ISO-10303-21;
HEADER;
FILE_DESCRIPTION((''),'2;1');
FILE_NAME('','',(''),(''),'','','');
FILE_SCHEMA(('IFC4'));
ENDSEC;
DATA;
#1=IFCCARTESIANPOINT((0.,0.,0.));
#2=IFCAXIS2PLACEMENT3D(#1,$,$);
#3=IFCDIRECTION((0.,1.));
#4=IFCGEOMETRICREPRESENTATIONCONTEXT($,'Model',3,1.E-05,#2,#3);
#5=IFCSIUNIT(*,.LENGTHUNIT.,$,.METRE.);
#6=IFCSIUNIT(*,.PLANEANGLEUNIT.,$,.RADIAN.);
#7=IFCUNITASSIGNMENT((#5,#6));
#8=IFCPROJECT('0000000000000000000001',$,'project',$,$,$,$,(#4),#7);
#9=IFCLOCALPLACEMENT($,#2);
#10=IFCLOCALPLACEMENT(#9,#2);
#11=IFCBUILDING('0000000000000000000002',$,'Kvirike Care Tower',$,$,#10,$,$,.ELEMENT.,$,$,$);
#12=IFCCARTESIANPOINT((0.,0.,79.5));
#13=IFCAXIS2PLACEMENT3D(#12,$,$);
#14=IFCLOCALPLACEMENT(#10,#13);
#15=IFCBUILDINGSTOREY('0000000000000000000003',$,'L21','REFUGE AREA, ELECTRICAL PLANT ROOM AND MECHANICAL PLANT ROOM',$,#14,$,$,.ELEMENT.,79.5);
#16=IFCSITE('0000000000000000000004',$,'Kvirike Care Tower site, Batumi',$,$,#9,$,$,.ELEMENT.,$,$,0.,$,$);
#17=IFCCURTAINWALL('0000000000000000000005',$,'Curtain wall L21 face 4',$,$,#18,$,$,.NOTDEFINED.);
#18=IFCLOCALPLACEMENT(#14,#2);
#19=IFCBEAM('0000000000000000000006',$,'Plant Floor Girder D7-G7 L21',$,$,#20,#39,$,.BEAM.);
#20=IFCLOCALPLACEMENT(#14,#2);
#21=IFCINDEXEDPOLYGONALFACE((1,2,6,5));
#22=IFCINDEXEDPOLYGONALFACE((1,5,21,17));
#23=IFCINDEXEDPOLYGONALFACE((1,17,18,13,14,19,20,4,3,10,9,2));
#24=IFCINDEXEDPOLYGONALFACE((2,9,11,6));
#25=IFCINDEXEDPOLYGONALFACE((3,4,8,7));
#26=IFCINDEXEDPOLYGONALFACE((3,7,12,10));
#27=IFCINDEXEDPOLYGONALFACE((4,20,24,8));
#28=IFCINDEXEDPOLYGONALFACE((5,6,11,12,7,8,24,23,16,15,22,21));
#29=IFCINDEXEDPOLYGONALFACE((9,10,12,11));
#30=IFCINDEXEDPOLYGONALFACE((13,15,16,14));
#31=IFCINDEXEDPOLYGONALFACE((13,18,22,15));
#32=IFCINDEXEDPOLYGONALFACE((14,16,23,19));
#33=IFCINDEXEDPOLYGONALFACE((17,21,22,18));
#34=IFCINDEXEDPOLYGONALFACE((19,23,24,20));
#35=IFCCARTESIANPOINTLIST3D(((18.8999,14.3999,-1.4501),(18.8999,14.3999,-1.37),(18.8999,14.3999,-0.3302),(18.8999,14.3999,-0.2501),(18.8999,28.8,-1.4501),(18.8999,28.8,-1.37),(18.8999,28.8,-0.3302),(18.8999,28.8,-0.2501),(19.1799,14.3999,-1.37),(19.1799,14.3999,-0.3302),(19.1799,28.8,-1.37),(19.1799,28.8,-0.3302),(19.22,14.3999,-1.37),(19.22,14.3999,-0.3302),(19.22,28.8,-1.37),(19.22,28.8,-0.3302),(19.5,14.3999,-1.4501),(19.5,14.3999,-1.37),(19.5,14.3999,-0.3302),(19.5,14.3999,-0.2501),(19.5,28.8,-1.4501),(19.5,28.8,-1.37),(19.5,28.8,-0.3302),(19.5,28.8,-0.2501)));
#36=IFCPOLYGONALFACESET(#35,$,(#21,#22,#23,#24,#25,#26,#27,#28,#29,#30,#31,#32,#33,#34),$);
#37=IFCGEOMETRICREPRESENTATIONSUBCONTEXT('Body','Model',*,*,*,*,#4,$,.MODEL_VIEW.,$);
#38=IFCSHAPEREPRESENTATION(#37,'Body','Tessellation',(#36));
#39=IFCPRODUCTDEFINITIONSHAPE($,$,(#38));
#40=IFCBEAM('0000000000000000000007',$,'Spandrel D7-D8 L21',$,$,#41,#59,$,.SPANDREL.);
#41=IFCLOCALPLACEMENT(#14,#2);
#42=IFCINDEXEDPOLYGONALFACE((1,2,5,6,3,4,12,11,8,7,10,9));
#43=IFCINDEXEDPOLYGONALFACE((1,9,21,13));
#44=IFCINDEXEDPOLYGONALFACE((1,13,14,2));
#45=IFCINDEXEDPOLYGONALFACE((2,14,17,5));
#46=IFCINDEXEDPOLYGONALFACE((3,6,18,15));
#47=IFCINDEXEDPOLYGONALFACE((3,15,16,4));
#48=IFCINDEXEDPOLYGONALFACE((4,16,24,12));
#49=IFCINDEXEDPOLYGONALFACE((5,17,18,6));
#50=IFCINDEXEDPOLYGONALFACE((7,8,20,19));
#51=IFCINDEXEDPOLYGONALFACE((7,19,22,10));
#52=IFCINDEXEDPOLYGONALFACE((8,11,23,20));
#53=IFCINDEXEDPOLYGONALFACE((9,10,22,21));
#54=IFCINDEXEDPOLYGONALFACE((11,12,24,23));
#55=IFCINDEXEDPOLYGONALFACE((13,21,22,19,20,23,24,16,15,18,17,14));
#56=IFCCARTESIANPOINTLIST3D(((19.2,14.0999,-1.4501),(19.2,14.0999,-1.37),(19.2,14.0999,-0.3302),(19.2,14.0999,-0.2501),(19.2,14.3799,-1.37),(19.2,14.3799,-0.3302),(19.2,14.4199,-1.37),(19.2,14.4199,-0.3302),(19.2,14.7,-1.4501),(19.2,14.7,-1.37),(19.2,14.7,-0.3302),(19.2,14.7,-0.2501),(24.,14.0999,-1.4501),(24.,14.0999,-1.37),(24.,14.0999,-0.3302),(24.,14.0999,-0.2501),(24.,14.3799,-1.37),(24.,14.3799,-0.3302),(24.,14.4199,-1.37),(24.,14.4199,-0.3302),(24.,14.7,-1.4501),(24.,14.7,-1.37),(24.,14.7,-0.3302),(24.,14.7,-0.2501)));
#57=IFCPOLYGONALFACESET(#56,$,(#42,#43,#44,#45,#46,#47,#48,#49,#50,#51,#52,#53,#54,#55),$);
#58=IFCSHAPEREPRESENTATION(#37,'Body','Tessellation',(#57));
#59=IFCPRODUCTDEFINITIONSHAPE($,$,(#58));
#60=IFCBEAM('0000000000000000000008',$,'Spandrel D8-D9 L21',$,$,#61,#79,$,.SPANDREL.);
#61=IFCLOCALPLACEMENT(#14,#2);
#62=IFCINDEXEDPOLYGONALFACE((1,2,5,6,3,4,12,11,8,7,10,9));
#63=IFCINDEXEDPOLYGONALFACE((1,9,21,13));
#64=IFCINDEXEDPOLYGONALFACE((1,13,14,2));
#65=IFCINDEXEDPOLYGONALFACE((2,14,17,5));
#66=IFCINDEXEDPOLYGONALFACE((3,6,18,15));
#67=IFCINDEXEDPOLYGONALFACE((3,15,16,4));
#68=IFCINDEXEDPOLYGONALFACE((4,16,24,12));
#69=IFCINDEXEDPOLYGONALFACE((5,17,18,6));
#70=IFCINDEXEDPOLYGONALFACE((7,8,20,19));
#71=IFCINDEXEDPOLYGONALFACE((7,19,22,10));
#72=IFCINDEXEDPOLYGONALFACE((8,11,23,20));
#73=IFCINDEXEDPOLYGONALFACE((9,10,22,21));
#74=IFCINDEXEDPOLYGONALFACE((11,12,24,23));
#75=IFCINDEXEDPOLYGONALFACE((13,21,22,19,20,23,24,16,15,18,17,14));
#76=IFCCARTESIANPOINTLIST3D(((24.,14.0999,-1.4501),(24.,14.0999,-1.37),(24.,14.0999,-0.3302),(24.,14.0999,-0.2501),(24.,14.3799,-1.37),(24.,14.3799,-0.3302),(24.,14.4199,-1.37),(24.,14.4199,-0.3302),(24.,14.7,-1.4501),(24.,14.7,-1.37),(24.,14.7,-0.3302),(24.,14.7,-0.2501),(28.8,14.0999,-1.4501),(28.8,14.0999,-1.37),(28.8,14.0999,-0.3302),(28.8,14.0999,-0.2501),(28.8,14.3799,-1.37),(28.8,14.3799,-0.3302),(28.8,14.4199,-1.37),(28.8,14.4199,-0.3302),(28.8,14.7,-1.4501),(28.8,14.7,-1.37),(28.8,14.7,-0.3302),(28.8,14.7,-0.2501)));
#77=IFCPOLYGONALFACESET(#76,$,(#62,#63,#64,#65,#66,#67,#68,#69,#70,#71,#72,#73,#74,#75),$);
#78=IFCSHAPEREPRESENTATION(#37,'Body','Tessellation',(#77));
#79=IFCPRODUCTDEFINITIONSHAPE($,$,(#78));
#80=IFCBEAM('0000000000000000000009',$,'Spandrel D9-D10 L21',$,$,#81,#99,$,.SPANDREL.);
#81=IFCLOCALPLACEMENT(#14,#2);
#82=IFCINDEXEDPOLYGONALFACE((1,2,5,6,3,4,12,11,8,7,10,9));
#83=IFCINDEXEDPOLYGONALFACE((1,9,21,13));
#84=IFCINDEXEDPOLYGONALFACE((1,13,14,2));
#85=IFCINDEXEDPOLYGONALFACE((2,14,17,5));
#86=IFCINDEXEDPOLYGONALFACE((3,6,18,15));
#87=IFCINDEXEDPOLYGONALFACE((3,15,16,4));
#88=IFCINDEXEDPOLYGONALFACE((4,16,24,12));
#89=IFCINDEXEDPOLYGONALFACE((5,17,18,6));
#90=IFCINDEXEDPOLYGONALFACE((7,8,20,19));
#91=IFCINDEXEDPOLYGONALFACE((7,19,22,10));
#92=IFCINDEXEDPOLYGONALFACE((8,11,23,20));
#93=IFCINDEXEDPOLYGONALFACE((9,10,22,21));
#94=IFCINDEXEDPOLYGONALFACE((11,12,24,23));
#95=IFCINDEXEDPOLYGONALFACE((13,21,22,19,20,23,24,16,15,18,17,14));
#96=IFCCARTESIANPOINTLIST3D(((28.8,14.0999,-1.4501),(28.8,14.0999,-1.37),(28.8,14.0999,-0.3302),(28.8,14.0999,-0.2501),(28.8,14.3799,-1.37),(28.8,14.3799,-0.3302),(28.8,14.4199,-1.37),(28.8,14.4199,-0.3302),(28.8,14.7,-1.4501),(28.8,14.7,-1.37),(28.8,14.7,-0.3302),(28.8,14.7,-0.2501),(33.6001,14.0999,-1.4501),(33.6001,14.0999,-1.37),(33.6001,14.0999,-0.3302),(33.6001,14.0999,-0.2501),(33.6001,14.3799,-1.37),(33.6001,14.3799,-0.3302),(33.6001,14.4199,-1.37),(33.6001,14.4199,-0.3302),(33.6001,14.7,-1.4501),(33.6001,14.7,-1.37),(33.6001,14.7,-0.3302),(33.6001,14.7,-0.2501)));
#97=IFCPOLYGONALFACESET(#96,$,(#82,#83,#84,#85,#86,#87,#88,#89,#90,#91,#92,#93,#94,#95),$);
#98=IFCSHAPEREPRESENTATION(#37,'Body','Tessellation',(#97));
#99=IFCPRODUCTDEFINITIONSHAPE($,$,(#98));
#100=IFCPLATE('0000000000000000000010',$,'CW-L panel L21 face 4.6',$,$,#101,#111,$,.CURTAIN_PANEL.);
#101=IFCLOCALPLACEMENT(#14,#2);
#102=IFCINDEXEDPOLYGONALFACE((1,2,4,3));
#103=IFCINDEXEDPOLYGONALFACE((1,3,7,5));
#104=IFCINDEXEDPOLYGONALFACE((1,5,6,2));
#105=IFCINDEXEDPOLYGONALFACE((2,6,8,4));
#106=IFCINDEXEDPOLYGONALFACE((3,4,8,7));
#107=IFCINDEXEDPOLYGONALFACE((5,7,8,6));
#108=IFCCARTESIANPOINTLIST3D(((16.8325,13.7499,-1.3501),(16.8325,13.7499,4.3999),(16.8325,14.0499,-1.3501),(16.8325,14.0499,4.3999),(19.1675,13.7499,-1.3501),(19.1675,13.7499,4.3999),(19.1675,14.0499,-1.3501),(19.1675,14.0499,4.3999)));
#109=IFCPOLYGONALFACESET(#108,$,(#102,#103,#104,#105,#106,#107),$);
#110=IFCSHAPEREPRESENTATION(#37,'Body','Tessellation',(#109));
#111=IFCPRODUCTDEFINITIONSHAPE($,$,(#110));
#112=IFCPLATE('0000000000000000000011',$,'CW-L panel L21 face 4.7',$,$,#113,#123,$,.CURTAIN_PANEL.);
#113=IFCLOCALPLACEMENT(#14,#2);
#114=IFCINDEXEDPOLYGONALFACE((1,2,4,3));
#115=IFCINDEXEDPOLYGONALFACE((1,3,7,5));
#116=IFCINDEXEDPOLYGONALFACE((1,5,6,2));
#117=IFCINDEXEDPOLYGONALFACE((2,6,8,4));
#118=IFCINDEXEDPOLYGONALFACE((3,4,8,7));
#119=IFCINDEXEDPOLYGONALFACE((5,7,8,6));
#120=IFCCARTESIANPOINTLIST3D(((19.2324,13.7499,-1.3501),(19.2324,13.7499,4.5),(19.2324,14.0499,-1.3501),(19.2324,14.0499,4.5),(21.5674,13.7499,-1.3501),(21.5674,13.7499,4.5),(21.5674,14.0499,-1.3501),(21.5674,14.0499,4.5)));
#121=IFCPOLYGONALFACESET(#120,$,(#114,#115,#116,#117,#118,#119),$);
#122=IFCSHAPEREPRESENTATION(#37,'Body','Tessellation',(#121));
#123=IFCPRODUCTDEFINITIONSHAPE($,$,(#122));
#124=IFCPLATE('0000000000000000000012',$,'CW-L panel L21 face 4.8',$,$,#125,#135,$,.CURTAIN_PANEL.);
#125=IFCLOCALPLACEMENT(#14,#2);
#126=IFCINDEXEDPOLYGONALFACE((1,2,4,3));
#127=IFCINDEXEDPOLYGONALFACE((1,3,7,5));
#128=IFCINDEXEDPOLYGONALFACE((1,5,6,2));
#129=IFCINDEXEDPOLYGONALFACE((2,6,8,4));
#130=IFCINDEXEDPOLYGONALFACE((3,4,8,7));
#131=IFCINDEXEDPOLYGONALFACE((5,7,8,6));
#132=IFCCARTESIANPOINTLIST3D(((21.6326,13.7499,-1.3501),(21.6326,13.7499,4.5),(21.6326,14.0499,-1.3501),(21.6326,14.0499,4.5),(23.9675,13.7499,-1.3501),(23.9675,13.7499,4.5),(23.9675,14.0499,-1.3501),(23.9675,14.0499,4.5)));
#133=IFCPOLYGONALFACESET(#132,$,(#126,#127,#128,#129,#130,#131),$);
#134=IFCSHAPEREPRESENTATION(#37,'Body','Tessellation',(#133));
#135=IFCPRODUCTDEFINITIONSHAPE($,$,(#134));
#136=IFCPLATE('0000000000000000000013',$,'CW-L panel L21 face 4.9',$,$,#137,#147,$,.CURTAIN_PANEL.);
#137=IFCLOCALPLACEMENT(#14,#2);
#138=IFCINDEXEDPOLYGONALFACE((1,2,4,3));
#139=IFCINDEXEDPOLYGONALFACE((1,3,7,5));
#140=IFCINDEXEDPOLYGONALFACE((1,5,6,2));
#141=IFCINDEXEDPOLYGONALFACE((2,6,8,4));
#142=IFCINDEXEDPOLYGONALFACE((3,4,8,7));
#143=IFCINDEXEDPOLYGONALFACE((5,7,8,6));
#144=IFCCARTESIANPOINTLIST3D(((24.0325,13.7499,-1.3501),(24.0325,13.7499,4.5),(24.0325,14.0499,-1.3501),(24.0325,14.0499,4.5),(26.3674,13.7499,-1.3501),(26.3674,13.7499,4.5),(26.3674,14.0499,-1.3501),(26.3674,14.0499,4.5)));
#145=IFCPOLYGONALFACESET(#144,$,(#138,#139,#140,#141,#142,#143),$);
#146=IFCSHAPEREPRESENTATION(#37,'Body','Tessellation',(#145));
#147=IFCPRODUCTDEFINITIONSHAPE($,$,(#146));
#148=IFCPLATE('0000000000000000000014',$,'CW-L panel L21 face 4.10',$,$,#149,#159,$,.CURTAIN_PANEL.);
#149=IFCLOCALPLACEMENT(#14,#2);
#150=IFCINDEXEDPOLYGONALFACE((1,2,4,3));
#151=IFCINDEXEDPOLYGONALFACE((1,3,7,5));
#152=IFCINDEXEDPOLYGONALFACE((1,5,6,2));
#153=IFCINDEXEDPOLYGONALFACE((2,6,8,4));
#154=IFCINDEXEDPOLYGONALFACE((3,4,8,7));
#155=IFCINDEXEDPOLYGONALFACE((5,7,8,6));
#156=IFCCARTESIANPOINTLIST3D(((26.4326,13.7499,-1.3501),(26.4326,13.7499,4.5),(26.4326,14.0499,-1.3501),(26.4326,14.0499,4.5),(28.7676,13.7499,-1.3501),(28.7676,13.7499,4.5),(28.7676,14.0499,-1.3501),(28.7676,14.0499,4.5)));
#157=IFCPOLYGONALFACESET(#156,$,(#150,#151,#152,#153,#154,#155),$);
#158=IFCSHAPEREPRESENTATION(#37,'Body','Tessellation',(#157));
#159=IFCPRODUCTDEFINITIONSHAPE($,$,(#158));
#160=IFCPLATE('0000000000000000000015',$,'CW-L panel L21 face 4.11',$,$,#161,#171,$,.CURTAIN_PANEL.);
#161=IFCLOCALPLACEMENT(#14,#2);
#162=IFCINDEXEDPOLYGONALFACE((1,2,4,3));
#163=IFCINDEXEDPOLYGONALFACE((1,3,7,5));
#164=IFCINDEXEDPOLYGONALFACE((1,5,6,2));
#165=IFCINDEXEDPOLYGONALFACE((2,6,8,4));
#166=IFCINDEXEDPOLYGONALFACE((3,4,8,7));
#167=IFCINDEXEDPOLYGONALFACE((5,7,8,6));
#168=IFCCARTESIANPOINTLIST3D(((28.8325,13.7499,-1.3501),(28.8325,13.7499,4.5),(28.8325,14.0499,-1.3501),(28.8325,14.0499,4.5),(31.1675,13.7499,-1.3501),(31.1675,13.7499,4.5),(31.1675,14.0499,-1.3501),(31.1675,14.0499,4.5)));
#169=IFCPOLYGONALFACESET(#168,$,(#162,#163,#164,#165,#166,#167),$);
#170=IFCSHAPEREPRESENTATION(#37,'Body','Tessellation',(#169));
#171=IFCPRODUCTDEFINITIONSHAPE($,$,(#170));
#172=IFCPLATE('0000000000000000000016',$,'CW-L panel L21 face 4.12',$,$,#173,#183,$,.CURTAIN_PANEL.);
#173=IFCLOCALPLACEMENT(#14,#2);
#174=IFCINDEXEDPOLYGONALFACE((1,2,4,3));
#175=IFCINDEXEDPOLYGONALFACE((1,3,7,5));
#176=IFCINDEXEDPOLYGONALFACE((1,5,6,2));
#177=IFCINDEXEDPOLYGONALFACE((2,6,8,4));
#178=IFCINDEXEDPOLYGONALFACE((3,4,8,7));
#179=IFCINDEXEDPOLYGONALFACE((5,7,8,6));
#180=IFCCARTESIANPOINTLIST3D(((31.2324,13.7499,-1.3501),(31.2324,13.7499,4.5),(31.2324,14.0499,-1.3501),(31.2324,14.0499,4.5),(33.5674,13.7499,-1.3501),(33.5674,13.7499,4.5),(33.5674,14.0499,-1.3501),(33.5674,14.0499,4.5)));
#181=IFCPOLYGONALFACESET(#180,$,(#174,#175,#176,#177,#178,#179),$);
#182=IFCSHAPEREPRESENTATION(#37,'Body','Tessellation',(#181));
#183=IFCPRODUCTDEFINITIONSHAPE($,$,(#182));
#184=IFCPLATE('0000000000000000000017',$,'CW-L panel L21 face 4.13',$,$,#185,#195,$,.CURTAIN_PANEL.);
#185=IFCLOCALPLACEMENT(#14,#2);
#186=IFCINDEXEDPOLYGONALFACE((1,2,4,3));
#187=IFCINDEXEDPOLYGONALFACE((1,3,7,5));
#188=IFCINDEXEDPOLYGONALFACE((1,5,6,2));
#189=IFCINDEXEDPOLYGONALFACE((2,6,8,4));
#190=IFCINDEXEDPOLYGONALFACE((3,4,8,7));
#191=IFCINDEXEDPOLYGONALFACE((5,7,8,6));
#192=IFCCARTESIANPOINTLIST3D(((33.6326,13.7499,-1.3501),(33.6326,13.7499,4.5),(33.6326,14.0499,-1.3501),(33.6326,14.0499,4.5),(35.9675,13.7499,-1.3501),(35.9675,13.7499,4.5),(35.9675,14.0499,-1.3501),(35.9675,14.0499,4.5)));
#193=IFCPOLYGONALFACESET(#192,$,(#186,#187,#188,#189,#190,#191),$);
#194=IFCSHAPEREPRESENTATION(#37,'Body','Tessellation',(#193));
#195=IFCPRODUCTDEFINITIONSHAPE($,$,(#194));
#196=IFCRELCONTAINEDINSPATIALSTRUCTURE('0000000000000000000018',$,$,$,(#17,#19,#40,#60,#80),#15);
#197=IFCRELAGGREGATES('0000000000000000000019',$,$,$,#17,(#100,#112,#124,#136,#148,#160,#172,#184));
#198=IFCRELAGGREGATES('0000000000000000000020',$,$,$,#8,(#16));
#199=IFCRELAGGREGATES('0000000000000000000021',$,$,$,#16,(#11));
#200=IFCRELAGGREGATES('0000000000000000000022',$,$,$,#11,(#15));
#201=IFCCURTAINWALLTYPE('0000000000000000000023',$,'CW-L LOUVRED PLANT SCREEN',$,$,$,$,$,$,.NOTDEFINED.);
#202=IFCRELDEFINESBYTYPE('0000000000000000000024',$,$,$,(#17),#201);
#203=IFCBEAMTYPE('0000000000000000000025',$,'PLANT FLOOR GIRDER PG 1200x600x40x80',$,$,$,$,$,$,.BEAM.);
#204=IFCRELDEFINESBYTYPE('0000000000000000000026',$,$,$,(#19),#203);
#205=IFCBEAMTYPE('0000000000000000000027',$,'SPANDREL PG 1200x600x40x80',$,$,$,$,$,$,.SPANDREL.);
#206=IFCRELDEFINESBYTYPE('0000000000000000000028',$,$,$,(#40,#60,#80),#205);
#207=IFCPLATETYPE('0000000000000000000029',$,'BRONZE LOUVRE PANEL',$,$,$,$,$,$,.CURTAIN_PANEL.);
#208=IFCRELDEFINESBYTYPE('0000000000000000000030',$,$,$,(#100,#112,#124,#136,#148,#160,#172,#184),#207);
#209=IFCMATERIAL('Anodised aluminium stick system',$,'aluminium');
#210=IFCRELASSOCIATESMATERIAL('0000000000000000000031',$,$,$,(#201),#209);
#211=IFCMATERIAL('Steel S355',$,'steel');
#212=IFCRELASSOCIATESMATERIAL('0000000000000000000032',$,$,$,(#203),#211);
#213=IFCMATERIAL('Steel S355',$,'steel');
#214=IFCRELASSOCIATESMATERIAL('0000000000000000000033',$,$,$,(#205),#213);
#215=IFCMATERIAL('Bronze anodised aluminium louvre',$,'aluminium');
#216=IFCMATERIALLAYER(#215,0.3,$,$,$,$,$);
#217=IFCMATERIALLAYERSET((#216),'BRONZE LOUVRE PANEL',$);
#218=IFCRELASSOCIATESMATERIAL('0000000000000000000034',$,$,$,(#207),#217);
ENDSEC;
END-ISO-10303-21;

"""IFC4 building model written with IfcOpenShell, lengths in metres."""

from ifc_helpers import new_model, si_unit, direction, frame, origin, origin_2d, place, context, subcontext, project, spatial, rectangle, i_section, extrude, material, layer, layer_set, material_profile, profile_set, type_object, element, aggregate, save


model = new_model("IFC4")

# Units and contexts
model_context = context("Model", 3, precision=1e-05, world=origin(), true_north=direction((0.0, 1.0)))
body_context = subcontext(model_context, "Body", "Model", "MODEL_VIEW")
ifc_project = project(units=[si_unit("LENGTHUNIT", "METRE"), si_unit("PLANEANGLEUNIT", "RADIAN")], contexts=[model_context])

# Site, building, storey
site_placement = place(None, origin())
site = spatial("IfcSite", under=ifc_project, at=site_placement, Name="Kvirike Care Tower site, Batumi", CompositionType="ELEMENT", RefElevation=0.0)
building_placement = place(site_placement, origin())
building = spatial("IfcBuilding", under=site, at=building_placement, Name="Kvirike Care Tower", CompositionType="ELEMENT")
storey_placement = place(building_placement, frame((0.0, 0.0, 79.5)))
storey = spatial("IfcBuildingStorey", under=building, at=storey_placement, Name="L21", Description="REFUGE AREA, ELECTRICAL PLANT ROOM AND MECHANICAL PLANT ROOM", CompositionType="ELEMENT", Elevation=79.5)

# Curtain wall
ifc_material_1 = material(Name="Anodised aluminium stick system", Category="aluminium")
curtain_wall_type = type_object("IfcCurtainWallType", Name="CW-L LOUVRED PLANT SCREEN", PredefinedType="NOTDEFINED", material=ifc_material_1)
curtain_wall_placement = place(storey_placement, origin())
curtain_wall = element("IfcCurtainWall", 1, at=curtain_wall_placement, inside=storey, type_object=curtain_wall_type, Name="Curtain wall L21 face 4", PredefinedType="NOTDEFINED")

# Beams
ifc_material_2 = material(Name="Steel S355", Category="steel")
ifc_material_profile_1 = material_profile(ifc_material_2, i_section(OverallWidth=0.6001, OverallDepth=1.2, WebThickness=0.04, FlangeThickness=0.0801, at=origin_2d()), Name="PG 1200x600x40x80")
ifc_profile_set_1 = profile_set([ifc_material_profile_1], Name="Steel S355")
beam_type_1 = type_object("IfcBeamType", Name="PLANT FLOOR GIRDER PG 1200x600x40x80", PredefinedType="BEAM", material=ifc_profile_set_1)
beam_1_placement = place(storey_placement, frame((19.2, 14.3999, -0.8501), z_axis=(0.0, 1.0, 0.0), x_axis=(-1.0, 0.0, 0.0)))
element("IfcBeam", 2, at=beam_1_placement, inside=storey, type_object=beam_type_1, Name="Plant Floor Girder D7-G7 L21", PredefinedType="BEAM", context=body_context, shape_type="SweptSolid", body=[
    extrude(i_section(OverallWidth=0.6001, OverallDepth=1.2, WebThickness=0.04, FlangeThickness=0.0801, at=origin_2d()), origin(), (0.0, 0.0, 1.0), 14.4001),
])
ifc_material_3 = material(Name="Steel S355", Category="steel")
ifc_material_profile_2 = material_profile(ifc_material_3, i_section(OverallWidth=0.6001, OverallDepth=1.2, WebThickness=0.04, FlangeThickness=0.0801, at=origin_2d()), Name="PG 1200x600x40x80")
ifc_profile_set_2 = profile_set([ifc_material_profile_2], Name="Steel S355")
beam_type_2 = type_object("IfcBeamType", Name="SPANDREL PG 1200x600x40x80", PredefinedType="SPANDREL", material=ifc_profile_set_2)
for number, where, z_axis, x_axis, name in (
    (3, (19.2, 14.3999, -0.8501), (1.0, 0.0, 0.0), (0.0, 1.0, 0.0), "Spandrel D7-D8 L21"),
    (4, (24.0, 14.3999, -0.8501), (1.0, 0.0, 0.0), (0.0, 1.0, 0.0), "Spandrel D8-D9 L21"),
    (5, (28.8, 14.3999, -0.8501), (1.0, 0.0, 0.0), (0.0, 1.0, 0.0), "Spandrel D9-D10 L21"),
):
    element("IfcBeam", number, at=place(storey_placement, frame(where, z_axis=z_axis, x_axis=x_axis)), inside=storey, type_object=beam_type_2, Name=name, PredefinedType="SPANDREL", context=body_context, shape_type="SweptSolid", body=[
        extrude(i_section(OverallWidth=0.6001, OverallDepth=1.2, WebThickness=0.04, FlangeThickness=0.0801, at=origin_2d()), origin(), (0.0, 0.0, 1.0), 4.8),
    ])

# Plates
ifc_material_4 = material(Name="Bronze anodised aluminium louvre", Category="aluminium")
ifc_layer = layer(ifc_material_4, 0.3)
ifc_layer_set = layer_set([ifc_layer], Name="BRONZE LOUVRE PANEL")
plate_type = type_object("IfcPlateType", Name="BRONZE LOUVRE PANEL", PredefinedType="CURTAIN_PANEL", material=ifc_layer_set)
plate_1_placement = place(storey_placement, frame((18.0, 13.8999, -1.3501), z_axis=(0.0, 0.0, 1.0), x_axis=(1.0, 0.0, 0.0)))
plate_1 = element("IfcPlate", 6, at=plate_1_placement, type_object=plate_type, Name="CW-L panel L21 face 4.6", PredefinedType="CURTAIN_PANEL", context=body_context, shape_type="SweptSolid", body=[
    extrude(rectangle(XDim=2.335, YDim=0.3, at=origin_2d()), origin(), (0.0, 0.0, 1.0), 5.75),
])
plate_2_placement = place(storey_placement, frame((20.3999, 13.8999, -1.3501), z_axis=(0.0, 0.0, 1.0), x_axis=(1.0, 0.0, 0.0)))
plate_2 = element("IfcPlate", 7, at=plate_2_placement, type_object=plate_type, Name="CW-L panel L21 face 4.7", PredefinedType="CURTAIN_PANEL", context=body_context, shape_type="SweptSolid", body=[
    extrude(rectangle(XDim=2.335, YDim=0.3, at=origin_2d()), origin(), (0.0, 0.0, 1.0), 5.8501),
])
plate_3_placement = place(storey_placement, frame((22.8, 13.8999, -1.3501), z_axis=(0.0, 0.0, 1.0), x_axis=(1.0, 0.0, 0.0)))
plate_3 = element("IfcPlate", 8, at=plate_3_placement, type_object=plate_type, Name="CW-L panel L21 face 4.8", PredefinedType="CURTAIN_PANEL", context=body_context, shape_type="SweptSolid", body=[
    extrude(rectangle(XDim=2.335, YDim=0.3, at=origin_2d()), origin(), (0.0, 0.0, 1.0), 5.8501),
])
plate_4_placement = place(storey_placement, frame((25.2, 13.8999, -1.3501), z_axis=(0.0, 0.0, 1.0), x_axis=(1.0, 0.0, 0.0)))
plate_4 = element("IfcPlate", 9, at=plate_4_placement, type_object=plate_type, Name="CW-L panel L21 face 4.9", PredefinedType="CURTAIN_PANEL", context=body_context, shape_type="SweptSolid", body=[
    extrude(rectangle(XDim=2.335, YDim=0.3, at=origin_2d()), origin(), (0.0, 0.0, 1.0), 5.8501),
])
plate_5_placement = place(storey_placement, frame((27.6001, 13.8999, -1.3501), z_axis=(0.0, 0.0, 1.0), x_axis=(1.0, 0.0, 0.0)))
plate_5 = element("IfcPlate", 10, at=plate_5_placement, type_object=plate_type, Name="CW-L panel L21 face 4.10", PredefinedType="CURTAIN_PANEL", context=body_context, shape_type="SweptSolid", body=[
    extrude(rectangle(XDim=2.335, YDim=0.3, at=origin_2d()), origin(), (0.0, 0.0, 1.0), 5.8501),
])
plate_6_placement = place(storey_placement, frame((30.0, 13.8999, -1.3501), z_axis=(0.0, 0.0, 1.0), x_axis=(1.0, 0.0, 0.0)))
plate_6 = element("IfcPlate", 11, at=plate_6_placement, type_object=plate_type, Name="CW-L panel L21 face 4.11", PredefinedType="CURTAIN_PANEL", context=body_context, shape_type="SweptSolid", body=[
    extrude(rectangle(XDim=2.335, YDim=0.3, at=origin_2d()), origin(), (0.0, 0.0, 1.0), 5.8501),
])
plate_7_placement = place(storey_placement, frame((32.3999, 13.8999, -1.3501), z_axis=(0.0, 0.0, 1.0), x_axis=(1.0, 0.0, 0.0)))
plate_7 = element("IfcPlate", 12, at=plate_7_placement, type_object=plate_type, Name="CW-L panel L21 face 4.12", PredefinedType="CURTAIN_PANEL", context=body_context, shape_type="SweptSolid", body=[
    extrude(rectangle(XDim=2.335, YDim=0.3, at=origin_2d()), origin(), (0.0, 0.0, 1.0), 5.8501),
])
plate_8_placement = place(storey_placement, frame((34.8, 13.8999, -1.3501), z_axis=(0.0, 0.0, 1.0), x_axis=(1.0, 0.0, 0.0)))
plate_8 = element("IfcPlate", 13, at=plate_8_placement, type_object=plate_type, Name="CW-L panel L21 face 4.13", PredefinedType="CURTAIN_PANEL", context=body_context, shape_type="SweptSolid", body=[
    extrude(rectangle(XDim=2.335, YDim=0.3, at=origin_2d()), origin(), (0.0, 0.0, 1.0), 5.8501),
])
aggregate(curtain_wall, [plate_1, plate_2, plate_3, plate_4, plate_5, plate_6, plate_7, plate_8])

save(model, "model.ifc")
